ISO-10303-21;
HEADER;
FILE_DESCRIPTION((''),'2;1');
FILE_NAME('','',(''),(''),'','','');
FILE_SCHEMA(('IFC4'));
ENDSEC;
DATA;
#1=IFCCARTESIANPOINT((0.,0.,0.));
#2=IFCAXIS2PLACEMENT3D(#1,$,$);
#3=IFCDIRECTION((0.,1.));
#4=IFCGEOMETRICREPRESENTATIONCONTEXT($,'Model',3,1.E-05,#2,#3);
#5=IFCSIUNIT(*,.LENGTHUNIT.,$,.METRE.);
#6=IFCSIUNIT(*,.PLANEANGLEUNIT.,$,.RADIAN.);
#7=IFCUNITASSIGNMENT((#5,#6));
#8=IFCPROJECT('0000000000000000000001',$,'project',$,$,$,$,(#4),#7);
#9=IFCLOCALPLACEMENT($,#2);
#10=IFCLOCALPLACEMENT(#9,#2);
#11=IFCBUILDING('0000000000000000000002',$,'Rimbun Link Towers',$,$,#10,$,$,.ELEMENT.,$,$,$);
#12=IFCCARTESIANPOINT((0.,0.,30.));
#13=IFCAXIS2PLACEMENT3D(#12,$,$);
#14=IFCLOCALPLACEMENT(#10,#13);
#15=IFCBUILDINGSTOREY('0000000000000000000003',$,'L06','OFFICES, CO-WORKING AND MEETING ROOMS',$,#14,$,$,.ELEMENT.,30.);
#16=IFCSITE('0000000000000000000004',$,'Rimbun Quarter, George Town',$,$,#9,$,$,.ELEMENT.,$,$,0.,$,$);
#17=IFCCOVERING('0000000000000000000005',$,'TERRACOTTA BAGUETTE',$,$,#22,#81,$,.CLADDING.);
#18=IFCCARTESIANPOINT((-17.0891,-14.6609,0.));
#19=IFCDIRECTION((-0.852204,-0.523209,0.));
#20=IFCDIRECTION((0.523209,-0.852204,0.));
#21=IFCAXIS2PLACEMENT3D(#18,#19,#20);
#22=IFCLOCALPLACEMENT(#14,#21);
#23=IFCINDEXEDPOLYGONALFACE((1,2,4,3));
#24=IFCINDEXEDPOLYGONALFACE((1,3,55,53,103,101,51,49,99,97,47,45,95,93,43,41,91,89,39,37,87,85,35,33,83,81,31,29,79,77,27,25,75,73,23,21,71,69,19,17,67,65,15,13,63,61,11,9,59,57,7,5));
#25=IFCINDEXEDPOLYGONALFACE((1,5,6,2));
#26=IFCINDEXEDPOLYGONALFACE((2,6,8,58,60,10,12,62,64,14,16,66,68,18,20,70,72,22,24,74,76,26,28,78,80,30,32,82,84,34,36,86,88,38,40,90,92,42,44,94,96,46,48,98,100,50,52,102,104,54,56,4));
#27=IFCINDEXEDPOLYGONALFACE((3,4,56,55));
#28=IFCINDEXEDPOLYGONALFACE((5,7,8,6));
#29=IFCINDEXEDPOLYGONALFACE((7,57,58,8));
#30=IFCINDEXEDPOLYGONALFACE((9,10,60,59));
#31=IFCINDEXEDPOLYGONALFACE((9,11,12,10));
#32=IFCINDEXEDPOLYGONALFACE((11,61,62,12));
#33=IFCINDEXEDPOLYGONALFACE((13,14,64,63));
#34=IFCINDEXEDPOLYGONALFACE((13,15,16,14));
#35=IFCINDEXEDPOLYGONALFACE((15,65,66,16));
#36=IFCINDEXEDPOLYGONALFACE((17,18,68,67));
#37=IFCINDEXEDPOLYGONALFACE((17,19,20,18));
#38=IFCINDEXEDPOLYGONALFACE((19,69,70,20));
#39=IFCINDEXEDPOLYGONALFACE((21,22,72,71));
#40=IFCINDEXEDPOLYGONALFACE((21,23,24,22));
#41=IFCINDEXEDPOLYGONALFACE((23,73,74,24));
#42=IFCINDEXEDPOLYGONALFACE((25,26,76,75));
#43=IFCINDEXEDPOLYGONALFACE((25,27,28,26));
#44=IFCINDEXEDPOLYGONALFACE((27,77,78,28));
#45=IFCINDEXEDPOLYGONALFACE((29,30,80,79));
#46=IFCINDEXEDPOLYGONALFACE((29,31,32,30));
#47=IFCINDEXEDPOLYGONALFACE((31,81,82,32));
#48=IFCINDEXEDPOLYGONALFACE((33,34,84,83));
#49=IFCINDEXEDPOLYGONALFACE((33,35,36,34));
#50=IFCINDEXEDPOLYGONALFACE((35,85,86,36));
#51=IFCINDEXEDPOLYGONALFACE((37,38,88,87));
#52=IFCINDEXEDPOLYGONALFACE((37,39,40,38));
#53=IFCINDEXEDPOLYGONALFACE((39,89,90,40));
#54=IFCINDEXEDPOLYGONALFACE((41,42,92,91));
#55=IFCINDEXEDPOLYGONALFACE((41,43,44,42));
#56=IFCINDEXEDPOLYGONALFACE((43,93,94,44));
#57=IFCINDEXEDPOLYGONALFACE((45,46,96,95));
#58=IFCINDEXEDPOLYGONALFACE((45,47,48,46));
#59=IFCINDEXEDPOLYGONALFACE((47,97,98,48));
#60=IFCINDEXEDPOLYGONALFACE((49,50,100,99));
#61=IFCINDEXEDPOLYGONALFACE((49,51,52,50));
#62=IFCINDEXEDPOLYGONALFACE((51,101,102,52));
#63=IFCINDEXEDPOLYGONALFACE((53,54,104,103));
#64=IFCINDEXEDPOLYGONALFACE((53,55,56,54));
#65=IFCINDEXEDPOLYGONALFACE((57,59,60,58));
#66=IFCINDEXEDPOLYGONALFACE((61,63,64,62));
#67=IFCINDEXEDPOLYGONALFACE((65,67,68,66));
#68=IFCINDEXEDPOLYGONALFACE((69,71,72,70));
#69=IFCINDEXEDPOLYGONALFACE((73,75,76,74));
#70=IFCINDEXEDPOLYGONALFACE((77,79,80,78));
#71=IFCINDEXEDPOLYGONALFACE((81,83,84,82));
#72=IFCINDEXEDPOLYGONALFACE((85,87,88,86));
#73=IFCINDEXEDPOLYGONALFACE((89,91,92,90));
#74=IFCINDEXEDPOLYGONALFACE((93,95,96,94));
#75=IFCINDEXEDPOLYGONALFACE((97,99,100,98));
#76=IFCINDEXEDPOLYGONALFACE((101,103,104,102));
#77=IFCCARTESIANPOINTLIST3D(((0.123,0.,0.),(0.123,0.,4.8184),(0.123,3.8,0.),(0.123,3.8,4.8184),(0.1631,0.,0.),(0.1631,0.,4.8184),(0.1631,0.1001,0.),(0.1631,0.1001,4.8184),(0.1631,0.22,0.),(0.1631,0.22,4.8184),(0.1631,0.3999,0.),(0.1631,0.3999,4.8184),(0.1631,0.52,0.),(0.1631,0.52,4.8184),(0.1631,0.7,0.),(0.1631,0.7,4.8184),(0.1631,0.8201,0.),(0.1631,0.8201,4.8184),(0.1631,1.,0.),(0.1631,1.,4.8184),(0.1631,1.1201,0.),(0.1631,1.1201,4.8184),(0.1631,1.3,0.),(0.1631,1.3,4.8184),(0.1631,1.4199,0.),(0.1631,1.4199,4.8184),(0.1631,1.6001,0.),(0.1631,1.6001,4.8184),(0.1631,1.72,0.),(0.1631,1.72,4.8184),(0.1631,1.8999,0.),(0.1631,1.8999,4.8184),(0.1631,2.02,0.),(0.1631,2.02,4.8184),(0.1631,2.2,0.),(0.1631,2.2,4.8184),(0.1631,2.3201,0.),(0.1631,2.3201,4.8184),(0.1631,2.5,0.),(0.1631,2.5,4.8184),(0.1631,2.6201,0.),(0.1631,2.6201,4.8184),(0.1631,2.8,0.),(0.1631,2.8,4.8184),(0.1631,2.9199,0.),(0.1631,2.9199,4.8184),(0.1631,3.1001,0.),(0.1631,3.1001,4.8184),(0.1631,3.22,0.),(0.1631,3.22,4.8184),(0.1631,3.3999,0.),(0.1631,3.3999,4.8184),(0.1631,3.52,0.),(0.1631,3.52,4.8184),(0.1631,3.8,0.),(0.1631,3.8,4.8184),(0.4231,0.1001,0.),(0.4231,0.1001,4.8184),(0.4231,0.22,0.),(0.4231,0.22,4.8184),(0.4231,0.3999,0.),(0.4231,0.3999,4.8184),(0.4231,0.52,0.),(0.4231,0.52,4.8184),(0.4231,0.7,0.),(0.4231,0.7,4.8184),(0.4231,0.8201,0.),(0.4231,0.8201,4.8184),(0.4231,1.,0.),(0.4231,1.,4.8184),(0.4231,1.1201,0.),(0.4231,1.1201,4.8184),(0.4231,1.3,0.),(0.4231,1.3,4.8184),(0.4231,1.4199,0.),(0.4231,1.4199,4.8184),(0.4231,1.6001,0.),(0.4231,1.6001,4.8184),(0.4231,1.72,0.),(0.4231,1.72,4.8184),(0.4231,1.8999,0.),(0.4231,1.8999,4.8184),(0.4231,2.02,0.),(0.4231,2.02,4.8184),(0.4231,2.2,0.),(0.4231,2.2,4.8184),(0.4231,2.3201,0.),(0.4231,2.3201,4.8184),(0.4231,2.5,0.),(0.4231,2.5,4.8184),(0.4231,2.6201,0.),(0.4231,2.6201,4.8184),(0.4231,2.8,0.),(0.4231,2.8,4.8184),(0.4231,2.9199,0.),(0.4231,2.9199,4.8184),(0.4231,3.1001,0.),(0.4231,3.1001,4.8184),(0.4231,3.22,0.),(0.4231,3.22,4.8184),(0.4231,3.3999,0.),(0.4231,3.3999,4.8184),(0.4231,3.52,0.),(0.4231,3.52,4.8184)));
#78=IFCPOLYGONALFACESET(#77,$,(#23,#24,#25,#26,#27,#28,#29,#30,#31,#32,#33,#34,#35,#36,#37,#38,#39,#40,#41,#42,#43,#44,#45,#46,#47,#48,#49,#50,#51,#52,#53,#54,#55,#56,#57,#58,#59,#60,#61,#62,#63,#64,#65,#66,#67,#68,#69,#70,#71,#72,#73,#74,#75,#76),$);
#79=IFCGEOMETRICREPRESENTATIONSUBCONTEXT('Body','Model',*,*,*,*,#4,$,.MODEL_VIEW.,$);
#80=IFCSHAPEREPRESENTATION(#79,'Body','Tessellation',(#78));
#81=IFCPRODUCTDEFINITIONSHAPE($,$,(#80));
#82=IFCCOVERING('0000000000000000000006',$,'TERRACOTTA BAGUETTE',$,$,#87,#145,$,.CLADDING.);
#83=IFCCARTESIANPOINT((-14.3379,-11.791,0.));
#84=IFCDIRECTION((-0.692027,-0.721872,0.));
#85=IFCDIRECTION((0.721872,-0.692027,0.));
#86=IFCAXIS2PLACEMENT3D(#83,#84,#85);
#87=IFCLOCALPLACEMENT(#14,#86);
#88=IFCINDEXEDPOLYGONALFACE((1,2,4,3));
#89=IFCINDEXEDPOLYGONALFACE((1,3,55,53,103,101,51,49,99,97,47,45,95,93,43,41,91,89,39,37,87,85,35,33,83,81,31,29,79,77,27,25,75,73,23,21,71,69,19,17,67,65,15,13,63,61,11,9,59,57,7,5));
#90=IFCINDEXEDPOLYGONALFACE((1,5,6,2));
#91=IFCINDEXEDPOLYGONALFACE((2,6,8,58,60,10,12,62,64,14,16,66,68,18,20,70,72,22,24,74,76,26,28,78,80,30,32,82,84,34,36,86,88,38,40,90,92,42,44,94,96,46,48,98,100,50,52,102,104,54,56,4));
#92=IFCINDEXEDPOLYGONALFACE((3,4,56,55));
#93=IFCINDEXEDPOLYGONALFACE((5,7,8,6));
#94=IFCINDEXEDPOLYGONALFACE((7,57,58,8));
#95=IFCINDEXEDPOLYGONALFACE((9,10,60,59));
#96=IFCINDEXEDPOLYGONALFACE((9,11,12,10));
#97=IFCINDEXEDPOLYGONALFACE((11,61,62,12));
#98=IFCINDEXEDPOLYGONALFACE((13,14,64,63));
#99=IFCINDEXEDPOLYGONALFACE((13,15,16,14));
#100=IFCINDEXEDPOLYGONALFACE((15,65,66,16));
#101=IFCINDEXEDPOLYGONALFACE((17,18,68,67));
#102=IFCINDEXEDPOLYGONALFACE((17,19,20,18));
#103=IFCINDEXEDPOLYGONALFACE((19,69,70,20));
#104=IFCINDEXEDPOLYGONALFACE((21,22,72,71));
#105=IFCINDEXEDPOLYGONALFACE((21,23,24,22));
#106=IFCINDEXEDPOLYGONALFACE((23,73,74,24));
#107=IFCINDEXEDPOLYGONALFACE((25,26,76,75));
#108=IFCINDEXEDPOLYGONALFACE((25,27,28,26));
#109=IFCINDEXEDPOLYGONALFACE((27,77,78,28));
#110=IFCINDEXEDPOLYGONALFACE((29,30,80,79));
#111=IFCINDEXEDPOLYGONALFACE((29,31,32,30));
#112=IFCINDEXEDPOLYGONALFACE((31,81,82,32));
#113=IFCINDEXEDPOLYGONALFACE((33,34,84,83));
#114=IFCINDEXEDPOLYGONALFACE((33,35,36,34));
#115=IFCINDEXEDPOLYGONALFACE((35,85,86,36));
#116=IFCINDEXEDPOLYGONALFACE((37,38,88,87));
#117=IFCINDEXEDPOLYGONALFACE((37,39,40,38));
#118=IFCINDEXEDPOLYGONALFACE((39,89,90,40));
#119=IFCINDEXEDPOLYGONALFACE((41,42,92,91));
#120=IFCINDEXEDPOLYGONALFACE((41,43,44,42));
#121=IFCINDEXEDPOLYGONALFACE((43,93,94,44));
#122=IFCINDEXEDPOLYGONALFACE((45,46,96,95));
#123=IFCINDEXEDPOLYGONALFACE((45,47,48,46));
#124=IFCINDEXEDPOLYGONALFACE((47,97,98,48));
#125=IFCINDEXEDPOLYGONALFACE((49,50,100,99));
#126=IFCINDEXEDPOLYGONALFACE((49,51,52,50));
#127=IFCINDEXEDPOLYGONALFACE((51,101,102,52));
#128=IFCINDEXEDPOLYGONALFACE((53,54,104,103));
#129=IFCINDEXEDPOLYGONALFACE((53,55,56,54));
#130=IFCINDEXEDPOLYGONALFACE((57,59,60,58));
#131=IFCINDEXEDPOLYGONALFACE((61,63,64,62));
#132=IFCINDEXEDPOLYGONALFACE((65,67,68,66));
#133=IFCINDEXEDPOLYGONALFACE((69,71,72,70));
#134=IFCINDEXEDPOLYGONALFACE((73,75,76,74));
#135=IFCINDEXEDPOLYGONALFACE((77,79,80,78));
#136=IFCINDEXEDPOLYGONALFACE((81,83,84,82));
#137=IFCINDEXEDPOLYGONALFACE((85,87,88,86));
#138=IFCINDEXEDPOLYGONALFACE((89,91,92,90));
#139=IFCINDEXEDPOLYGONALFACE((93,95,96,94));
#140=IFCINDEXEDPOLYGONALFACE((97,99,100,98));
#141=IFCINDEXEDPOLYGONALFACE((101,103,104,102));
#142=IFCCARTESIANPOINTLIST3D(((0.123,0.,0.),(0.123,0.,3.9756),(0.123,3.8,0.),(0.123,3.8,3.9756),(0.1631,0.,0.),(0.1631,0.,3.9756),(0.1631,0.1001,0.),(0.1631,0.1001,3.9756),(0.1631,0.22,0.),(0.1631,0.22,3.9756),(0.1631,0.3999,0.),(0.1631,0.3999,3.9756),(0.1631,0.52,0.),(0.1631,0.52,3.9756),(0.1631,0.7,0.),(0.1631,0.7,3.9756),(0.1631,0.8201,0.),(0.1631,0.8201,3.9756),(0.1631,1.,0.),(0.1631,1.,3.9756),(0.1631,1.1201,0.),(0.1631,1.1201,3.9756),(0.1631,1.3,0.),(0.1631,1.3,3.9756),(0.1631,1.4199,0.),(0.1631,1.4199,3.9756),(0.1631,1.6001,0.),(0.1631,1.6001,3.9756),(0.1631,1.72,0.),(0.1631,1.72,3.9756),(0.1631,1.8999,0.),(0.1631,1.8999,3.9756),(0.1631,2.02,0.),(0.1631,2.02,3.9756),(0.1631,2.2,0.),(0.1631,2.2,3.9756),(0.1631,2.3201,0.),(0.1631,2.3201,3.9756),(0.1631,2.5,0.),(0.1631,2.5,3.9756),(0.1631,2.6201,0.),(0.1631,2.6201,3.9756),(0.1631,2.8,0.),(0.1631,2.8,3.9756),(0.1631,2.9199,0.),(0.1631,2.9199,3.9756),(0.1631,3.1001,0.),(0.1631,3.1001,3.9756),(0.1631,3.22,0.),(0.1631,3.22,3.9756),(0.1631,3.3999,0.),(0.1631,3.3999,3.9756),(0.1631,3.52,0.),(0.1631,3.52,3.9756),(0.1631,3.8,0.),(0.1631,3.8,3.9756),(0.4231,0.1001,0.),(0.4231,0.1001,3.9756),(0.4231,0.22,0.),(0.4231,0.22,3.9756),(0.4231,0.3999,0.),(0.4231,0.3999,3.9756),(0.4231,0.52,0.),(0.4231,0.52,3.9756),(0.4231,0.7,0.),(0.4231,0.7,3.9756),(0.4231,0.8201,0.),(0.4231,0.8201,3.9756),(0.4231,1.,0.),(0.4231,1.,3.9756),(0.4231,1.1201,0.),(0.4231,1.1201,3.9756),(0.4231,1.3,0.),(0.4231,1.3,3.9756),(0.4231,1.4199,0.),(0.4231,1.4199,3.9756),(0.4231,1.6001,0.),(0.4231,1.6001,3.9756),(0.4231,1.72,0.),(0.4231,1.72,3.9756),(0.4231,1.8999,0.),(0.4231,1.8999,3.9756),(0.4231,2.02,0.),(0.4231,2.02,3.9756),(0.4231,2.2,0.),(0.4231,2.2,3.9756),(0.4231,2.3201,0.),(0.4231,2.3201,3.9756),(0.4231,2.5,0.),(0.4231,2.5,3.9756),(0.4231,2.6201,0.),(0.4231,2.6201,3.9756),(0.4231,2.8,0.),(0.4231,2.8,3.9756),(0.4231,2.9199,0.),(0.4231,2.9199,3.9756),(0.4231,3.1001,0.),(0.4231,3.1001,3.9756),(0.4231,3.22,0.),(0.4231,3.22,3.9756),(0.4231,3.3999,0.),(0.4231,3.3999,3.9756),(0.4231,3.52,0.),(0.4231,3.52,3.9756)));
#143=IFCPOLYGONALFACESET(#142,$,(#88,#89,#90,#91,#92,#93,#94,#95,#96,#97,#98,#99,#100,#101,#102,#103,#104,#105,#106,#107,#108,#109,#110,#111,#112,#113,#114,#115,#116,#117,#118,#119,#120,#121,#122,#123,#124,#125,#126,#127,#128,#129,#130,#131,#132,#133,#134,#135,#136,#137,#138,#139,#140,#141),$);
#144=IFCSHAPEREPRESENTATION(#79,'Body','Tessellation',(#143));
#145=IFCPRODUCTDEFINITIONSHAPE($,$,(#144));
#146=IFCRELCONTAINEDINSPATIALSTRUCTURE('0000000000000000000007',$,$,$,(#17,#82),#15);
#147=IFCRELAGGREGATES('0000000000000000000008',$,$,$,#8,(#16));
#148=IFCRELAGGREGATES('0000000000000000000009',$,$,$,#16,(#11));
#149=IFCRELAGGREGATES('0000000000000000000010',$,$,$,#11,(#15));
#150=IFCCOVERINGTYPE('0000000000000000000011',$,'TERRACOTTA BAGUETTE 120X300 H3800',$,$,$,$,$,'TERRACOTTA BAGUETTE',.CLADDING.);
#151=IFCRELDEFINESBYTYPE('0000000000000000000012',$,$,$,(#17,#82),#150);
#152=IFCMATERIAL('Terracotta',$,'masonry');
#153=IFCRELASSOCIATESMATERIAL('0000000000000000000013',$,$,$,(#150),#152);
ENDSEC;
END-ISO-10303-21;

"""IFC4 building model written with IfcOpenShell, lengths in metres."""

from ifc_helpers import new_model, si_unit, direction, frame, origin, place, context, subcontext, project, spatial, polyline, outline, extrude, material, material_profile, profile_set, type_object, element, save


model = new_model("IFC4")

# Units and contexts
model_context = context("Model", 3, precision=1e-05, world=origin(), true_north=direction((0.0, 1.0)))
body_context = subcontext(model_context, "Body", "Model", "MODEL_VIEW")
ifc_project = project(units=[si_unit("LENGTHUNIT", "METRE"), si_unit("PLANEANGLEUNIT", "RADIAN")], contexts=[model_context])

# Site, building, storey
site_placement = place(None, origin())
site = spatial("IfcSite", under=ifc_project, at=site_placement, Name="Rimbun Quarter, George Town", CompositionType="ELEMENT", RefElevation=0.0)
building_placement = place(site_placement, origin())
building = spatial("IfcBuilding", under=site, at=building_placement, Name="Rimbun Link Towers", CompositionType="ELEMENT")
storey_placement = place(building_placement, frame((0.0, 0.0, 30.0)))
storey = spatial("IfcBuildingStorey", under=building, at=storey_placement, Name="L06", Description="OFFICES, CO-WORKING AND MEETING ROOMS", CompositionType="ELEMENT", Elevation=30.0)

# Coverings
ifc_material_1 = material(Name="Terracotta", Category="masonry")
ifc_material_profile_1 = material_profile(ifc_material_1, outline(polyline([(0.123, 0.0), (0.1631, 0.0), (0.1631, 0.1001), (0.4231, 0.1001), (0.4231, 0.22), (0.1631, 0.22), (0.1631, 0.3999), (0.4231, 0.3999), (0.4231, 0.52), (0.1631, 0.52), (0.1631, 0.7), (0.4231, 0.7), (0.4231, 0.8201), (0.1631, 0.8201), (0.1631, 1.0), (0.4231, 1.0), (0.4231, 1.1201), (0.1631, 1.1201), (0.1631, 1.3), (0.4231, 1.3), (0.4231, 1.4199), (0.1631, 1.4199), (0.1631, 1.6001), (0.4231, 1.6001), (0.4231, 1.72), (0.1631, 1.72), (0.1631, 1.8999), (0.4231, 1.8999), (0.4231, 2.02), (0.1631, 2.02), (0.1631, 2.2), (0.4231, 2.2), (0.4231, 2.3201), (0.1631, 2.3201), (0.1631, 2.5), (0.4231, 2.5), (0.4231, 2.6201), (0.1631, 2.6201), (0.1631, 2.8), (0.4231, 2.8), (0.4231, 2.9199), (0.1631, 2.9199), (0.1631, 3.1001), (0.4231, 3.1001), (0.4231, 3.22), (0.1631, 3.22), (0.1631, 3.3999), (0.4231, 3.3999), (0.4231, 3.52), (0.1631, 3.52), (0.1631, 3.8), (0.123, 3.8), (0.123, 0.0)])), Name="BAGUETTE 120X300")
ifc_profile_set_1 = profile_set([ifc_material_profile_1], Name="Terracotta")
covering_type = type_object("IfcCoveringType", Name="TERRACOTTA BAGUETTE 120X300 H3800", ElementType="TERRACOTTA BAGUETTE", PredefinedType="CLADDING", material=ifc_profile_set_1)
covering_1_placement = place(storey_placement, frame((-17.0891, -14.6609, 0.0), z_axis=(-0.852204, -0.523209, 0.0), x_axis=(0.523209, -0.852204, 0.0)))
element("IfcCovering", 1, at=covering_1_placement, inside=storey, type_object=covering_type, Name="TERRACOTTA BAGUETTE", PredefinedType="CLADDING", context=body_context, shape_type="SweptSolid", body=[
    extrude(outline(polyline([(0.123, 0.0), (0.1631, 0.0), (0.1631, 0.1001), (0.4231, 0.1001), (0.4231, 0.22), (0.1631, 0.22), (0.1631, 0.3999), (0.4231, 0.3999), (0.4231, 0.52), (0.1631, 0.52), (0.1631, 0.7), (0.4231, 0.7), (0.4231, 0.8201), (0.1631, 0.8201), (0.1631, 1.0), (0.4231, 1.0), (0.4231, 1.1201), (0.1631, 1.1201), (0.1631, 1.3), (0.4231, 1.3), (0.4231, 1.4199), (0.1631, 1.4199), (0.1631, 1.6001), (0.4231, 1.6001), (0.4231, 1.72), (0.1631, 1.72), (0.1631, 1.8999), (0.4231, 1.8999), (0.4231, 2.02), (0.1631, 2.02), (0.1631, 2.2), (0.4231, 2.2), (0.4231, 2.3201), (0.1631, 2.3201), (0.1631, 2.5), (0.4231, 2.5), (0.4231, 2.6201), (0.1631, 2.6201), (0.1631, 2.8), (0.4231, 2.8), (0.4231, 2.9199), (0.1631, 2.9199), (0.1631, 3.1001), (0.4231, 3.1001), (0.4231, 3.22), (0.1631, 3.22), (0.1631, 3.3999), (0.4231, 3.3999), (0.4231, 3.52), (0.1631, 3.52), (0.1631, 3.8), (0.123, 3.8), (0.123, 0.0)])), origin(), (0.0, 0.0, 1.0), 4.8184),
])
covering_2_placement = place(storey_placement, frame((-14.3379, -11.791, 0.0), z_axis=(-0.692027, -0.721872, 0.0), x_axis=(0.721872, -0.692027, 0.0)))
element("IfcCovering", 2, at=covering_2_placement, inside=storey, type_object=covering_type, Name="TERRACOTTA BAGUETTE", PredefinedType="CLADDING", context=body_context, shape_type="SweptSolid", body=[
    extrude(outline(polyline([(0.123, 0.0), (0.1631, 0.0), (0.1631, 0.1001), (0.4231, 0.1001), (0.4231, 0.22), (0.1631, 0.22), (0.1631, 0.3999), (0.4231, 0.3999), (0.4231, 0.52), (0.1631, 0.52), (0.1631, 0.7), (0.4231, 0.7), (0.4231, 0.8201), (0.1631, 0.8201), (0.1631, 1.0), (0.4231, 1.0), (0.4231, 1.1201), (0.1631, 1.1201), (0.1631, 1.3), (0.4231, 1.3), (0.4231, 1.4199), (0.1631, 1.4199), (0.1631, 1.6001), (0.4231, 1.6001), (0.4231, 1.72), (0.1631, 1.72), (0.1631, 1.8999), (0.4231, 1.8999), (0.4231, 2.02), (0.1631, 2.02), (0.1631, 2.2), (0.4231, 2.2), (0.4231, 2.3201), (0.1631, 2.3201), (0.1631, 2.5), (0.4231, 2.5), (0.4231, 2.6201), (0.1631, 2.6201), (0.1631, 2.8), (0.4231, 2.8), (0.4231, 2.9199), (0.1631, 2.9199), (0.1631, 3.1001), (0.4231, 3.1001), (0.4231, 3.22), (0.1631, 3.22), (0.1631, 3.3999), (0.4231, 3.3999), (0.4231, 3.52), (0.1631, 3.52), (0.1631, 3.8), (0.123, 3.8), (0.123, 0.0)])), origin(), (0.0, 0.0, 1.0), 3.9756),
])

save(model, "model.ifc")
